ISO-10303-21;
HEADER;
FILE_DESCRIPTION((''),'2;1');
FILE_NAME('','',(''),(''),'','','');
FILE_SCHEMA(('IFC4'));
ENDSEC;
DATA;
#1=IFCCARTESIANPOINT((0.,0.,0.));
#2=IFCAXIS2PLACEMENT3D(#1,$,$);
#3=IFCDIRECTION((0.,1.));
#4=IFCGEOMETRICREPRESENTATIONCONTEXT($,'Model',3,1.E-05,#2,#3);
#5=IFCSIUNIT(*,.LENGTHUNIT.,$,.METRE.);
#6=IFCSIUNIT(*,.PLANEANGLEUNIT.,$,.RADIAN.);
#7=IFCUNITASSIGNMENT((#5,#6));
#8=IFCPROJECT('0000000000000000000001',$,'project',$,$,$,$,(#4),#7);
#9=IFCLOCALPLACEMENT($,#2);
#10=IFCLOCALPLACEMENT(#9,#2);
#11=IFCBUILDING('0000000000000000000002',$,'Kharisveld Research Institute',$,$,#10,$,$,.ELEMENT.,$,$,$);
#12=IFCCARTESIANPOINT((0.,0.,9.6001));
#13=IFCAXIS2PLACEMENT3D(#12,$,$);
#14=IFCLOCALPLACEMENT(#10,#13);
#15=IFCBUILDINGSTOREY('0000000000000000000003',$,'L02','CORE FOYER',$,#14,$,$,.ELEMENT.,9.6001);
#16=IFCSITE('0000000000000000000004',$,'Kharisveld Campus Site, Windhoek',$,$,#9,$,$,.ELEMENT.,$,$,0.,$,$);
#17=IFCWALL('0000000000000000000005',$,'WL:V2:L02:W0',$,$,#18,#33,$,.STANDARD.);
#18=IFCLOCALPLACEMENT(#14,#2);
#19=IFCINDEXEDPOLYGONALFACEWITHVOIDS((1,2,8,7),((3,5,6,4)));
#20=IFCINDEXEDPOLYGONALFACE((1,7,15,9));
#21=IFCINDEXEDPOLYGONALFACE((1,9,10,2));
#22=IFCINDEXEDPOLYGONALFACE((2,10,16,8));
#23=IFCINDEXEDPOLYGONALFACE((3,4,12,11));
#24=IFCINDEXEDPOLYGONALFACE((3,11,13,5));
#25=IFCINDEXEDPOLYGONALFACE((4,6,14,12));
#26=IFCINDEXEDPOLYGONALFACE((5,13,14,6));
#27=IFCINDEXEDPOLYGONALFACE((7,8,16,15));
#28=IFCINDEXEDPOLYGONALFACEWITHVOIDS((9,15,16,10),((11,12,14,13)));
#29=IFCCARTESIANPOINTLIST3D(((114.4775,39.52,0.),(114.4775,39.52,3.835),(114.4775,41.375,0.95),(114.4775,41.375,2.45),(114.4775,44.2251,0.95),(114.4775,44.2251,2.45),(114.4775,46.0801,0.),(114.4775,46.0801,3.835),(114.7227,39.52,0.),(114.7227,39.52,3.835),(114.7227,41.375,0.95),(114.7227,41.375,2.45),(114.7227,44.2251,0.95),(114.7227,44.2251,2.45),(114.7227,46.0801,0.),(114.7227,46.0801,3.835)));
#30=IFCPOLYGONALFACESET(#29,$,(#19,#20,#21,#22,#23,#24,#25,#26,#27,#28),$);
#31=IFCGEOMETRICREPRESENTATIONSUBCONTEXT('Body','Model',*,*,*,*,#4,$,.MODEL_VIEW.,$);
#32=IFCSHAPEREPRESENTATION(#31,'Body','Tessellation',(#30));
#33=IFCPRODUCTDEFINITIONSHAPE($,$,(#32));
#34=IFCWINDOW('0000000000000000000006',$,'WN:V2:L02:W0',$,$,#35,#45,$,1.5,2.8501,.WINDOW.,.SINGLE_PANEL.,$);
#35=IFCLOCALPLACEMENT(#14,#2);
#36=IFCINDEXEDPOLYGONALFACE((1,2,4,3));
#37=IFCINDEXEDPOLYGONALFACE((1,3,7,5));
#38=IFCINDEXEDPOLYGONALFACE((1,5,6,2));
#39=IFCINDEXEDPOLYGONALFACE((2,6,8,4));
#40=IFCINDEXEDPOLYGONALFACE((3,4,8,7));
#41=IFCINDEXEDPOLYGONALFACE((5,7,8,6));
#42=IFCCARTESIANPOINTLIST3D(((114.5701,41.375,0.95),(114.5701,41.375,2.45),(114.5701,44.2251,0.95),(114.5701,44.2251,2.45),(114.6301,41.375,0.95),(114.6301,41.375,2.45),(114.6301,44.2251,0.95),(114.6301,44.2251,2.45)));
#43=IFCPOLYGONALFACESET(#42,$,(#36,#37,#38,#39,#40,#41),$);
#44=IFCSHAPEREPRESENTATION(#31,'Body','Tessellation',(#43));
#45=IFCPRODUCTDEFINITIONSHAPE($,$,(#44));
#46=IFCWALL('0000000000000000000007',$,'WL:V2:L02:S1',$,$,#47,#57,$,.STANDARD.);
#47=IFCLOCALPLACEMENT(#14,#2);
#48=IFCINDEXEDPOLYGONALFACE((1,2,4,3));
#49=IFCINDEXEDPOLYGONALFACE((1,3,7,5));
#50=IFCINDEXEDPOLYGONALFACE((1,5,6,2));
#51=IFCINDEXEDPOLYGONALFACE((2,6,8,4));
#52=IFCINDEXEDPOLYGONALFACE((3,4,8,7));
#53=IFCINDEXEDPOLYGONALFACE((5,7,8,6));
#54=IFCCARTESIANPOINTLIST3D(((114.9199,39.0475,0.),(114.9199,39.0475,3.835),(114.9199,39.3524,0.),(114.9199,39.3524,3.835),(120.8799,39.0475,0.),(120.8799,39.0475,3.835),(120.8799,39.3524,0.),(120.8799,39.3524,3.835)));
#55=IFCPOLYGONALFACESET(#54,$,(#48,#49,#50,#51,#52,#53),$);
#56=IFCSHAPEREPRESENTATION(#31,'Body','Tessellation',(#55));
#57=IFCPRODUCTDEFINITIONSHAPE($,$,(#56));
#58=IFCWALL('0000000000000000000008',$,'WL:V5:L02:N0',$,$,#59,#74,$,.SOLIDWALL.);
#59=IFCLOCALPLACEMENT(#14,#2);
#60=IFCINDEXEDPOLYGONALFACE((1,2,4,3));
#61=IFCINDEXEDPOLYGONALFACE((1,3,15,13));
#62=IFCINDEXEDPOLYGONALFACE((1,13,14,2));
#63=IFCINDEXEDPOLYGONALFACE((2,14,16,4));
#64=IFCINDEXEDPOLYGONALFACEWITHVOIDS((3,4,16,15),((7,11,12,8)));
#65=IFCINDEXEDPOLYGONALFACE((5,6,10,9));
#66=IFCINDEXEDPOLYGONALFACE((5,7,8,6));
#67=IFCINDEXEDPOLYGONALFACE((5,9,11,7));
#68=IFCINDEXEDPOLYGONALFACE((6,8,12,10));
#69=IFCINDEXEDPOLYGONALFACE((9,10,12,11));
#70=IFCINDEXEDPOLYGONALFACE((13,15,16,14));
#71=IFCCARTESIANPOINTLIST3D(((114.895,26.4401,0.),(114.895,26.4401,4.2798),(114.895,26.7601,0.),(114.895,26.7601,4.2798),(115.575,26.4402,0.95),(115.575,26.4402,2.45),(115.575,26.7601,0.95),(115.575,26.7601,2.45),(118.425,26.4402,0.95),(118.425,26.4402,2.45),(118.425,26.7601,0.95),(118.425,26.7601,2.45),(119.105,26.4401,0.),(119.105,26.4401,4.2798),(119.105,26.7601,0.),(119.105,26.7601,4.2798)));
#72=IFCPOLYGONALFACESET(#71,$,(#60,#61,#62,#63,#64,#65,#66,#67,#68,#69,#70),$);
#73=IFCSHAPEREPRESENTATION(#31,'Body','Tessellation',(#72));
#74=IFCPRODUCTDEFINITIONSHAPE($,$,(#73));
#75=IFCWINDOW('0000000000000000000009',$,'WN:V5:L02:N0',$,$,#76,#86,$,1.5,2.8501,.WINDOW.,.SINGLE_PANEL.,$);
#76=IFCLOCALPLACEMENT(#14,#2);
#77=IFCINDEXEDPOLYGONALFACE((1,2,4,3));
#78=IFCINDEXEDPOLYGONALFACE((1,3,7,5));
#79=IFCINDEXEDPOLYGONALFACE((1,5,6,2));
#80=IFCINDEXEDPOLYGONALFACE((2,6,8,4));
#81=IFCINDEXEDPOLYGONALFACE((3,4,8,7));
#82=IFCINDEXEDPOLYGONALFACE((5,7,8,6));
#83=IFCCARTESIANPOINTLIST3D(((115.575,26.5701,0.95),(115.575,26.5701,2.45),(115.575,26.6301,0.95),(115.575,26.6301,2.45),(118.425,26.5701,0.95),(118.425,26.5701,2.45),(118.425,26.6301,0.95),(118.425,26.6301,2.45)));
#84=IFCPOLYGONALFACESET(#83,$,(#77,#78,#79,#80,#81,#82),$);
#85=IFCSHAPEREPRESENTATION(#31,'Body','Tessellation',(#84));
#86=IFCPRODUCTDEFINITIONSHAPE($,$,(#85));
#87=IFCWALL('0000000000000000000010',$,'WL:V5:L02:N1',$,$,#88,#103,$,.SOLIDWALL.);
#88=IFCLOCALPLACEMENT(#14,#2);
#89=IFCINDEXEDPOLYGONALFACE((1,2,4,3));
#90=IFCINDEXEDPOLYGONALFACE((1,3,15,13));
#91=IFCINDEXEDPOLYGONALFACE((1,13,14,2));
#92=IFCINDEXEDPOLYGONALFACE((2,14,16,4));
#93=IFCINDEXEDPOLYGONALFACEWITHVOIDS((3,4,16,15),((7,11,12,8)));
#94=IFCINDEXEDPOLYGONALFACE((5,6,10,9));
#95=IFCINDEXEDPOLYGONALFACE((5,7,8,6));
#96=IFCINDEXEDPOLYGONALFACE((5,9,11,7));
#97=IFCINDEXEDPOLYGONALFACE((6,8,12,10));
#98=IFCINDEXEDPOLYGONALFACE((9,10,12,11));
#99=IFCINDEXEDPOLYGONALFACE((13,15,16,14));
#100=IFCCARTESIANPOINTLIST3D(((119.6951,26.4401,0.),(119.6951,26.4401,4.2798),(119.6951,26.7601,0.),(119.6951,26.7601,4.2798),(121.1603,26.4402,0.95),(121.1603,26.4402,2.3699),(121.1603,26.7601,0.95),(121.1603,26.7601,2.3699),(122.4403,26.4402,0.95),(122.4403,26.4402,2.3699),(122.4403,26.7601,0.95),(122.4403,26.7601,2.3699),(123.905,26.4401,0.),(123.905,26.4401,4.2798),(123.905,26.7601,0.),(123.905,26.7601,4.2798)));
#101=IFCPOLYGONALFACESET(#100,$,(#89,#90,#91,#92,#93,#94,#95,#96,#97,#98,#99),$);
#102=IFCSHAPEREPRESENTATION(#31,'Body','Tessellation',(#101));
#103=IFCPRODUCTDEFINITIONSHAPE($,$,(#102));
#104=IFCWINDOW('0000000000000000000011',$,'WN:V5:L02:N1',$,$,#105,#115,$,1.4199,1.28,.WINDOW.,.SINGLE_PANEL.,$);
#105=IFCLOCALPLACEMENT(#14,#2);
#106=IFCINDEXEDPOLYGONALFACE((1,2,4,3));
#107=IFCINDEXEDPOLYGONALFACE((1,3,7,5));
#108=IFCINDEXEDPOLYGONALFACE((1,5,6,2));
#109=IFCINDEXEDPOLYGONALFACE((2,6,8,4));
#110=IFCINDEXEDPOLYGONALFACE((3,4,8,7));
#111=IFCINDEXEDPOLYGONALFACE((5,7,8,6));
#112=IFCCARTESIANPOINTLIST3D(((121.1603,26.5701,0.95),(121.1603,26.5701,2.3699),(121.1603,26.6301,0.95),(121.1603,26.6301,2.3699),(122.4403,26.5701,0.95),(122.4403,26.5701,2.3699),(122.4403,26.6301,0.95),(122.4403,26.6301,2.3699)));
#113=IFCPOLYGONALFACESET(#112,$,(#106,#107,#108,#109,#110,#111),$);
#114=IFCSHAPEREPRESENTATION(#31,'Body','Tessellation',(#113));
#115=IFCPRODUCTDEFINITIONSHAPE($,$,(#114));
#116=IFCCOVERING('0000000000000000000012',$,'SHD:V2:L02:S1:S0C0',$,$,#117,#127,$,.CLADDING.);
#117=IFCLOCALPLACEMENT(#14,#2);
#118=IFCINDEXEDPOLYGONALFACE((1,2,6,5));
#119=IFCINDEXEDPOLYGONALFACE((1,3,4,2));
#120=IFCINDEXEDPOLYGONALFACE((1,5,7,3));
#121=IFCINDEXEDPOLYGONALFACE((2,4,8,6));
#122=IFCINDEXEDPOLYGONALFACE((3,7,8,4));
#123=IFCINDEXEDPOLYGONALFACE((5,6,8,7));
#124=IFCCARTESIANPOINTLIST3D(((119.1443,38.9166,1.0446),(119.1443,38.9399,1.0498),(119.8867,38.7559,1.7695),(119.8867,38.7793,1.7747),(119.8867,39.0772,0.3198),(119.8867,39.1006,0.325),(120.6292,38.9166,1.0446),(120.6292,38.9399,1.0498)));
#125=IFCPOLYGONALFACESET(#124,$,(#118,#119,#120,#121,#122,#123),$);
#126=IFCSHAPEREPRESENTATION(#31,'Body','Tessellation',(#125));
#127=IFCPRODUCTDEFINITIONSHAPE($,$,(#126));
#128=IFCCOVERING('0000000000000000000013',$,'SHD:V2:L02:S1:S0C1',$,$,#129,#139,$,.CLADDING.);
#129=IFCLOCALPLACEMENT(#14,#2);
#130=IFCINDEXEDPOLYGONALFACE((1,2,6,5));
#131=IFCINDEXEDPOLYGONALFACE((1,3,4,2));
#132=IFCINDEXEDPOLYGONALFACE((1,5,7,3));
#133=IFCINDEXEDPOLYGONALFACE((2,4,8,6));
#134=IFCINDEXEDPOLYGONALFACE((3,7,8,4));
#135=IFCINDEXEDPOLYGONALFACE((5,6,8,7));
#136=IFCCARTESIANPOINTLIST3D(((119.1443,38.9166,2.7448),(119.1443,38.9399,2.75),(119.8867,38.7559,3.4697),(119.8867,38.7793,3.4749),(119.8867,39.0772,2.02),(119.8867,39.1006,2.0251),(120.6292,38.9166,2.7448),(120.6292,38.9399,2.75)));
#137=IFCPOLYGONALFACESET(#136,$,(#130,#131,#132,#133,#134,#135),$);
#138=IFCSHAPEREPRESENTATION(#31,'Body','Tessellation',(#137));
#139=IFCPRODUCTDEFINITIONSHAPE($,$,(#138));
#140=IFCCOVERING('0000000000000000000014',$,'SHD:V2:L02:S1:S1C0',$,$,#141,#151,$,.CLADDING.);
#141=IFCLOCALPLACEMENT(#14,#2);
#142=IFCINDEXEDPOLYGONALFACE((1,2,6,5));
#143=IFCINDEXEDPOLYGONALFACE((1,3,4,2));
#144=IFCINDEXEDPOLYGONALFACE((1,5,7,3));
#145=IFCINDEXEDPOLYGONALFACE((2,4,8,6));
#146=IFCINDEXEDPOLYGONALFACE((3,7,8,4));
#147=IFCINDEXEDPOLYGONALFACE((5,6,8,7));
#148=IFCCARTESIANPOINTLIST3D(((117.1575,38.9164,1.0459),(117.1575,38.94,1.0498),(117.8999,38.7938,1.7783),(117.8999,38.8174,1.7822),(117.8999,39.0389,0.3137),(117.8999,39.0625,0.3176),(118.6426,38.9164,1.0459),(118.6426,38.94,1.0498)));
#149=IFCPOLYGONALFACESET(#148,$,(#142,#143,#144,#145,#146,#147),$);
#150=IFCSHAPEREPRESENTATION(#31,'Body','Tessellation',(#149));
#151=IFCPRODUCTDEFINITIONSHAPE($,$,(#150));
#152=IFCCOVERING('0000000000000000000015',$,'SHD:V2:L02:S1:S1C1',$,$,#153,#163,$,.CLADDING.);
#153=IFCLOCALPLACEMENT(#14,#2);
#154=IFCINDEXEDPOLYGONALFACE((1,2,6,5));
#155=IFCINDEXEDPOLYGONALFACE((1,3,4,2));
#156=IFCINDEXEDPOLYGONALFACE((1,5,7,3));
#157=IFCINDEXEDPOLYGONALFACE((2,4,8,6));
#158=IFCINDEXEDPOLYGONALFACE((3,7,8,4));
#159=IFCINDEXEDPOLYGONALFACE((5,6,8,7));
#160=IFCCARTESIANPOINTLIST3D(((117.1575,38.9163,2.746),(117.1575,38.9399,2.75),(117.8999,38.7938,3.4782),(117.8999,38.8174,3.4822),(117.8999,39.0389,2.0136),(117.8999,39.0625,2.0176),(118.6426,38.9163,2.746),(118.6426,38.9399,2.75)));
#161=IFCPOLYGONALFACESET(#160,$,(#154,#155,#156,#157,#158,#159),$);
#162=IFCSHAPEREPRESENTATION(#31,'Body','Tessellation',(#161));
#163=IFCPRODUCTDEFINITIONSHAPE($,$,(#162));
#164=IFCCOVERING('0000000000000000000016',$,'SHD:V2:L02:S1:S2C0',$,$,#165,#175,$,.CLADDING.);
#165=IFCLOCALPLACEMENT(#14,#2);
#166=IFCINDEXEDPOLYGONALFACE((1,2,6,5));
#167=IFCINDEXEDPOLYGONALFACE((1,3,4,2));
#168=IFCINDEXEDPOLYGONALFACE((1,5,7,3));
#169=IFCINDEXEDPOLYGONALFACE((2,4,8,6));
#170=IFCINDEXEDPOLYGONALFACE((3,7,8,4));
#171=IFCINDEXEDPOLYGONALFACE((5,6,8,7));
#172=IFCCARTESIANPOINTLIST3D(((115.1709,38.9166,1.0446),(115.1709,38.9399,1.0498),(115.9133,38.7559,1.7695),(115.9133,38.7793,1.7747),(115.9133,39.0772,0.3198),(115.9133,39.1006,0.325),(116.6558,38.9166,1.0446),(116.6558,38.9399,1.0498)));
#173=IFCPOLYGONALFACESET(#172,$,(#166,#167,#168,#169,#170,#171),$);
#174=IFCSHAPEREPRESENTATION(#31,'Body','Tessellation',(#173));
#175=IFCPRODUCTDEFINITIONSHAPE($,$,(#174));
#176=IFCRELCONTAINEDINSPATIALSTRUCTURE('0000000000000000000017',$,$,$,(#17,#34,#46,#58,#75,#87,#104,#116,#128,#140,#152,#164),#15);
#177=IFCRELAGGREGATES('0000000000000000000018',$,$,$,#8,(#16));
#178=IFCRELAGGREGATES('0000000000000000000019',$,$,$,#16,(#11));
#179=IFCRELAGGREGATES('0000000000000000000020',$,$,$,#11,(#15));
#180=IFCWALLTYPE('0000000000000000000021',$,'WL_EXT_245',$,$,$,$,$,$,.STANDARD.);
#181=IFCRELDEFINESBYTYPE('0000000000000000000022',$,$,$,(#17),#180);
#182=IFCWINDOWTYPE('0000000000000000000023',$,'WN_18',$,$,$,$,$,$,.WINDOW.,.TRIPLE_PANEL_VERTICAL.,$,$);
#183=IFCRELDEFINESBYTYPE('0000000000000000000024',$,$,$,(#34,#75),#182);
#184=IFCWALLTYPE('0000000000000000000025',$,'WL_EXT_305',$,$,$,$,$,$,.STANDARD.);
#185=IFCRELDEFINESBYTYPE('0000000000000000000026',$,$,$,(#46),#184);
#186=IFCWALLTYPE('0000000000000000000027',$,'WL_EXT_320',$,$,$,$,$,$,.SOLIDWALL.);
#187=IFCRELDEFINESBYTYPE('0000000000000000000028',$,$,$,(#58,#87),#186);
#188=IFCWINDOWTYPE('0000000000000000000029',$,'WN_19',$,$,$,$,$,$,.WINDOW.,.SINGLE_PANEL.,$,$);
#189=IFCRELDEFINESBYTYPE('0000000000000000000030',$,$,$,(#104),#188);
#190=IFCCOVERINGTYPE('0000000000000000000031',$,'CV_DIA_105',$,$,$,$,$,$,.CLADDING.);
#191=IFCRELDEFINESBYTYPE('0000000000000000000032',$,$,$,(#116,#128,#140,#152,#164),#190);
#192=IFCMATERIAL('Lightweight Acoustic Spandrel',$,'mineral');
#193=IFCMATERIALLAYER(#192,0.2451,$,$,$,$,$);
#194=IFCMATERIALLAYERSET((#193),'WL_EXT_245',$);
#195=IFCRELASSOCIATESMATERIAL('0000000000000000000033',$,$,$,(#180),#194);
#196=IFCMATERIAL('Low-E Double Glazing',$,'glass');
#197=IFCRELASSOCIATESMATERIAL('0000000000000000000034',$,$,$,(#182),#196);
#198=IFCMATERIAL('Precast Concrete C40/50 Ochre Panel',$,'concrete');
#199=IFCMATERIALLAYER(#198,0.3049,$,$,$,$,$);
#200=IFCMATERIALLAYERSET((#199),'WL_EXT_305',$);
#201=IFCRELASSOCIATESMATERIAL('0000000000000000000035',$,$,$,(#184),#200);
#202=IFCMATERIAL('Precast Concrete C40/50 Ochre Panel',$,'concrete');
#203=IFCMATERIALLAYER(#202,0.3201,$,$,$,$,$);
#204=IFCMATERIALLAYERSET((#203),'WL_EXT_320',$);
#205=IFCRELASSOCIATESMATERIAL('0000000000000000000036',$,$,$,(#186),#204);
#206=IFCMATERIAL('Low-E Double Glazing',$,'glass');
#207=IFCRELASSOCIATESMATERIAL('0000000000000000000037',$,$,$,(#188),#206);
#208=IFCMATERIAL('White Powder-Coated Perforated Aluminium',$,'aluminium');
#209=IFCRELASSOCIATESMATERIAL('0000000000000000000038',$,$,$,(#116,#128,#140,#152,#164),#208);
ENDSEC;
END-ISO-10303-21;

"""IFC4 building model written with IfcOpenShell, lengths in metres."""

from ifc_helpers import new_model, si_unit, direction, frame, frame_2d, origin, place, context, subcontext, project, spatial, polyline, rectangle, outline, extrude, material, layer, layer_set, type_object, element, fill, save


model = new_model("IFC4")

# Units and contexts
model_context = context("Model", 3, precision=1e-05, world=origin(), true_north=direction((0.0, 1.0)))
body_context = subcontext(model_context, "Body", "Model", "MODEL_VIEW")
ifc_project = project(units=[si_unit("LENGTHUNIT", "METRE"), si_unit("PLANEANGLEUNIT", "RADIAN")], contexts=[model_context])

# Site, building, storey
site_placement = place(None, origin())
site = spatial("IfcSite", under=ifc_project, at=site_placement, Name="Kharisveld Campus Site, Windhoek", CompositionType="ELEMENT", RefElevation=0.0)
building_placement = place(site_placement, origin())
building = spatial("IfcBuilding", under=site, at=building_placement, Name="Kharisveld Research Institute", CompositionType="ELEMENT")
storey_placement = place(building_placement, frame((0.0, 0.0, 9.6001)))
storey = spatial("IfcBuildingStorey", under=building, at=storey_placement, Name="L02", Description="CORE FOYER", CompositionType="ELEMENT", Elevation=9.6001)

# Wall, opening, window
ifc_material_1 = material(Name="Lightweight Acoustic Spandrel", Category="mineral")
ifc_layer_1 = layer(ifc_material_1, 0.2451)
ifc_layer_set_1 = layer_set([ifc_layer_1], Name="WL_EXT_245")
wall_type_1 = type_object("IfcWallType", Name="WL_EXT_245", PredefinedType="STANDARD", material=ifc_layer_set_1)
wall_1_placement = place(storey_placement, frame((114.6001, 39.52, 0.0), z_axis=(0.0, 0.0, 1.0), x_axis=(0.0, 1.0, 0.0)))
wall_1 = element("IfcWall", 1, at=wall_1_placement, inside=storey, type_object=wall_type_1, Name="WL:V2:L02:W0", PredefinedType="STANDARD", context=body_context, shape_type="SweptSolid", body=[
    extrude(rectangle(XDim=6.5601, YDim=0.2451, at=frame_2d((3.28, 0.0))), origin(), (0.0, 0.0, 1.0), 3.835),
])
opening_1_placement = place(wall_1_placement, frame((1.855, 0.0, 0.95)))
opening_1 = element("IfcOpeningElement", 2, at=opening_1_placement, cuts=wall_1, PredefinedType="OPENING", context=body_context, shape_type="SweptSolid", body=[
    extrude(rectangle(XDim=2.8501, YDim=1.5, at=frame_2d((1.425, 0.75))), frame((0.0, 0.1226, 0.0), z_axis=(0.0, -1.0, 0.0), x_axis=(1.0, 0.0, 0.0)), (0.0, 0.0, 1.0), 0.2451),
])
ifc_material_2 = material(Name="Low-E Double Glazing", Category="glass")
window_type_1 = type_object("IfcWindowType", Name="WN_18", PartitioningType="TRIPLE_PANEL_VERTICAL", PredefinedType="WINDOW", material=ifc_material_2)
window_1_placement = place(opening_1_placement, origin())
window_1 = element("IfcWindow", 3, at=window_1_placement, inside=storey, type_object=window_type_1, Name="WN:V2:L02:W0", OverallHeight=1.5, OverallWidth=2.8501, PartitioningType="SINGLE_PANEL", PredefinedType="WINDOW", context=body_context, shape_type="SweptSolid", body=[
    extrude(rectangle(XDim=2.8501, YDim=1.5, at=frame_2d((1.425, 0.75))), frame((0.0, 0.03, 0.0), z_axis=(0.0, -1.0, 0.0), x_axis=(1.0, 0.0, 0.0)), (0.0, 0.0, 1.0), 0.0601),
])
fill(opening_1, window_1)

# Wall
ifc_material_3 = material(Name="Precast Concrete C40/50 Ochre Panel", Category="concrete")
ifc_layer_2 = layer(ifc_material_3, 0.3049)
ifc_layer_set_2 = layer_set([ifc_layer_2], Name="WL_EXT_305")
wall_type_2 = type_object("IfcWallType", Name="WL_EXT_305", PredefinedType="STANDARD", material=ifc_layer_set_2)
wall_2_placement = place(storey_placement, frame((120.8799, 39.2, 0.0), z_axis=(0.0, 0.0, 1.0), x_axis=(-1.0, 0.0, 0.0)))
element("IfcWall", 4, at=wall_2_placement, inside=storey, type_object=wall_type_2, Name="WL:V2:L02:S1", PredefinedType="STANDARD", context=body_context, shape_type="SweptSolid", body=[
    extrude(rectangle(XDim=5.96, YDim=0.3049, at=frame_2d((2.98, 0.0))), origin(), (0.0, 0.0, 1.0), 3.835),
])

# Walls, openings, windows
ifc_material_4 = material(Name="Precast Concrete C40/50 Ochre Panel", Category="concrete")
ifc_layer_3 = layer(ifc_material_4, 0.3201)
ifc_layer_set_3 = layer_set([ifc_layer_3], Name="WL_EXT_320")
wall_type_3 = type_object("IfcWallType", Name="WL_EXT_320", PredefinedType="SOLIDWALL", material=ifc_layer_set_3)
wall_3_placement = place(storey_placement, frame((114.895, 26.6001, 0.0), z_axis=(0.0, 0.0, 1.0), x_axis=(1.0, 0.0, 0.0)))
wall_3 = element("IfcWall", 5, at=wall_3_placement, inside=storey, type_object=wall_type_3, Name="WL:V5:L02:N0", PredefinedType="SOLIDWALL", context=body_context, shape_type="SweptSolid", body=[
    extrude(rectangle(XDim=4.21, YDim=0.3201, at=frame_2d((2.105, 0.0))), origin(), (0.0, 0.0, 1.0), 4.2798),
])
opening_2_placement = place(wall_3_placement, frame((0.6799, 0.0, 0.95)))
opening_2 = element("IfcOpeningElement", 6, at=opening_2_placement, cuts=wall_3, PredefinedType="OPENING", context=body_context, shape_type="SweptSolid", body=[
    extrude(rectangle(XDim=2.8501, YDim=1.5, at=frame_2d((1.425, 0.75))), frame((0.0, 0.1602, 0.0), z_axis=(0.0, -1.0, 0.0), x_axis=(1.0, 0.0, 0.0)), (0.0, 0.0, 1.0), 0.3201),
])
window_2_placement = place(opening_2_placement, origin())
window_2 = element("IfcWindow", 7, at=window_2_placement, inside=storey, type_object=window_type_1, Name="WN:V5:L02:N0", OverallHeight=1.5, OverallWidth=2.8501, PartitioningType="SINGLE_PANEL", PredefinedType="WINDOW", context=body_context, shape_type="SweptSolid", body=[
    extrude(rectangle(XDim=2.8501, YDim=1.5, at=frame_2d((1.425, 0.75))), frame((0.0, 0.03, 0.0), z_axis=(0.0, -1.0, 0.0), x_axis=(1.0, 0.0, 0.0)), (0.0, 0.0, 1.0), 0.0601),
])
fill(opening_2, window_2)
wall_4_placement = place(storey_placement, frame((119.6951, 26.6001, 0.0), z_axis=(0.0, 0.0, 1.0), x_axis=(1.0, 0.0, 0.0)))
wall_4 = element("IfcWall", 8, at=wall_4_placement, inside=storey, type_object=wall_type_3, Name="WL:V5:L02:N1", PredefinedType="SOLIDWALL", context=body_context, shape_type="SweptSolid", body=[
    extrude(rectangle(XDim=4.21, YDim=0.3201, at=frame_2d((2.105, 0.0))), origin(), (0.0, 0.0, 1.0), 4.2798),
])
opening_3_placement = place(wall_4_placement, frame((1.4651, 0.0, 0.95)))
opening_3 = element("IfcOpeningElement", 9, at=opening_3_placement, cuts=wall_4, PredefinedType="OPENING", context=body_context, shape_type="SweptSolid", body=[
    extrude(rectangle(XDim=1.28, YDim=1.4199, at=frame_2d((0.6401, 0.71))), frame((0.0, 0.1602, 0.0), z_axis=(0.0, -1.0, 0.0), x_axis=(1.0, 0.0, 0.0)), (0.0, 0.0, 1.0), 0.3201),
])
ifc_material_5 = material(Name="Low-E Double Glazing", Category="glass")
window_type_2 = type_object("IfcWindowType", Name="WN_19", PartitioningType="SINGLE_PANEL", PredefinedType="WINDOW", material=ifc_material_5)
window_3_placement = place(opening_3_placement, origin())
window_3 = element("IfcWindow", 10, at=window_3_placement, inside=storey, type_object=window_type_2, Name="WN:V5:L02:N1", OverallHeight=1.4199, OverallWidth=1.28, PartitioningType="SINGLE_PANEL", PredefinedType="WINDOW", context=body_context, shape_type="SweptSolid", body=[
    extrude(rectangle(XDim=1.28, YDim=1.4199, at=frame_2d((0.6401, 0.71))), frame((0.0, 0.03, 0.0), z_axis=(0.0, -1.0, 0.0), x_axis=(1.0, 0.0, 0.0)), (0.0, 0.0, 1.0), 0.0601),
])
fill(opening_3, window_3)

# Coverings
ifc_material_6 = material(Name="White Powder-Coated Perforated Aluminium", Category="aluminium")
covering_type = type_object("IfcCoveringType", Name="CV_DIA_105", PredefinedType="CLADDING")
for number, where, z_axis, x_axis, name in (
    (11, (119.8867, 39.1006, 0.325), (0.0, 0.976311, 0.216373), (-0.707102, -0.153, 0.69036), "SHD:V2:L02:S1:S0C0"),
    (12, (119.8867, 39.1006, 2.0251), (0.0, 0.976311, 0.216373), (-0.707102, -0.153, 0.69036), "SHD:V2:L02:S1:S0C1"),
):
    element("IfcCovering", number, at=place(storey_placement, frame(where, z_axis=z_axis, x_axis=x_axis)), inside=storey, type_object=covering_type, material=ifc_material_6, Name=name, PredefinedType="CLADDING", context=body_context, shape_type="SweptSolid", body=[
        extrude(outline(polyline([(0.0, 0.0), (1.05, 0.0), (1.05, 1.05), (0.0, 1.05), (0.0, 0.0)])), origin(), (0.0, 0.0, -1.0), 0.0239),
    ])
covering_1_placement = place(storey_placement, frame((117.8999, 39.0625, 0.3176), z_axis=(0.0, 0.986283, 0.165065), x_axis=(-0.707139, -0.116714, 0.697376)))
element("IfcCovering", 13, at=covering_1_placement, inside=storey, type_object=covering_type, material=ifc_material_6, Name="SHD:V2:L02:S1:S1C0", PredefinedType="CLADDING", context=body_context, shape_type="SweptSolid", body=[
    extrude(outline(polyline([(0.0, 0.0), (1.0499, 0.0), (1.05, 1.0501), (-0.0003, 1.0501), (0.0, 0.0)])), origin(), (0.0, 0.0, -1.0), 0.0239),
])
covering_2_placement = place(storey_placement, frame((117.8999, 39.0625, 2.0176), z_axis=(0.0, 0.986283, 0.165065), x_axis=(-0.707024, -0.116733, 0.697489)))
element("IfcCovering", 14, at=covering_2_placement, inside=storey, type_object=covering_type, material=ifc_material_6, Name="SHD:V2:L02:S1:S1C1", PredefinedType="CLADDING", context=body_context, shape_type="SweptSolid", body=[
    extrude(outline(polyline([(0.0, 0.0), (1.0501, 0.0), (1.0502, 1.0499), (0.0001, 1.0503), (0.0, 0.0)])), origin(), (0.0, 0.0, -1.0), 0.0239),
])
for number, where, z_axis, x_axis, name in (
    (15, (115.9133, 39.1006, 0.325), (0.0, 0.976311, 0.216373), (-0.707102, -0.153, 0.69036), "SHD:V2:L02:S1:S2C0"),
):
    element("IfcCovering", number, at=place(storey_placement, frame(where, z_axis=z_axis, x_axis=x_axis)), inside=storey, type_object=covering_type, material=ifc_material_6, Name=name, PredefinedType="CLADDING", context=body_context, shape_type="SweptSolid", body=[
        extrude(outline(polyline([(0.0, 0.0), (1.05, 0.0), (1.05, 1.05), (0.0, 1.05), (0.0, 0.0)])), origin(), (0.0, 0.0, -1.0), 0.0239),
    ])

save(model, "model.ifc")
